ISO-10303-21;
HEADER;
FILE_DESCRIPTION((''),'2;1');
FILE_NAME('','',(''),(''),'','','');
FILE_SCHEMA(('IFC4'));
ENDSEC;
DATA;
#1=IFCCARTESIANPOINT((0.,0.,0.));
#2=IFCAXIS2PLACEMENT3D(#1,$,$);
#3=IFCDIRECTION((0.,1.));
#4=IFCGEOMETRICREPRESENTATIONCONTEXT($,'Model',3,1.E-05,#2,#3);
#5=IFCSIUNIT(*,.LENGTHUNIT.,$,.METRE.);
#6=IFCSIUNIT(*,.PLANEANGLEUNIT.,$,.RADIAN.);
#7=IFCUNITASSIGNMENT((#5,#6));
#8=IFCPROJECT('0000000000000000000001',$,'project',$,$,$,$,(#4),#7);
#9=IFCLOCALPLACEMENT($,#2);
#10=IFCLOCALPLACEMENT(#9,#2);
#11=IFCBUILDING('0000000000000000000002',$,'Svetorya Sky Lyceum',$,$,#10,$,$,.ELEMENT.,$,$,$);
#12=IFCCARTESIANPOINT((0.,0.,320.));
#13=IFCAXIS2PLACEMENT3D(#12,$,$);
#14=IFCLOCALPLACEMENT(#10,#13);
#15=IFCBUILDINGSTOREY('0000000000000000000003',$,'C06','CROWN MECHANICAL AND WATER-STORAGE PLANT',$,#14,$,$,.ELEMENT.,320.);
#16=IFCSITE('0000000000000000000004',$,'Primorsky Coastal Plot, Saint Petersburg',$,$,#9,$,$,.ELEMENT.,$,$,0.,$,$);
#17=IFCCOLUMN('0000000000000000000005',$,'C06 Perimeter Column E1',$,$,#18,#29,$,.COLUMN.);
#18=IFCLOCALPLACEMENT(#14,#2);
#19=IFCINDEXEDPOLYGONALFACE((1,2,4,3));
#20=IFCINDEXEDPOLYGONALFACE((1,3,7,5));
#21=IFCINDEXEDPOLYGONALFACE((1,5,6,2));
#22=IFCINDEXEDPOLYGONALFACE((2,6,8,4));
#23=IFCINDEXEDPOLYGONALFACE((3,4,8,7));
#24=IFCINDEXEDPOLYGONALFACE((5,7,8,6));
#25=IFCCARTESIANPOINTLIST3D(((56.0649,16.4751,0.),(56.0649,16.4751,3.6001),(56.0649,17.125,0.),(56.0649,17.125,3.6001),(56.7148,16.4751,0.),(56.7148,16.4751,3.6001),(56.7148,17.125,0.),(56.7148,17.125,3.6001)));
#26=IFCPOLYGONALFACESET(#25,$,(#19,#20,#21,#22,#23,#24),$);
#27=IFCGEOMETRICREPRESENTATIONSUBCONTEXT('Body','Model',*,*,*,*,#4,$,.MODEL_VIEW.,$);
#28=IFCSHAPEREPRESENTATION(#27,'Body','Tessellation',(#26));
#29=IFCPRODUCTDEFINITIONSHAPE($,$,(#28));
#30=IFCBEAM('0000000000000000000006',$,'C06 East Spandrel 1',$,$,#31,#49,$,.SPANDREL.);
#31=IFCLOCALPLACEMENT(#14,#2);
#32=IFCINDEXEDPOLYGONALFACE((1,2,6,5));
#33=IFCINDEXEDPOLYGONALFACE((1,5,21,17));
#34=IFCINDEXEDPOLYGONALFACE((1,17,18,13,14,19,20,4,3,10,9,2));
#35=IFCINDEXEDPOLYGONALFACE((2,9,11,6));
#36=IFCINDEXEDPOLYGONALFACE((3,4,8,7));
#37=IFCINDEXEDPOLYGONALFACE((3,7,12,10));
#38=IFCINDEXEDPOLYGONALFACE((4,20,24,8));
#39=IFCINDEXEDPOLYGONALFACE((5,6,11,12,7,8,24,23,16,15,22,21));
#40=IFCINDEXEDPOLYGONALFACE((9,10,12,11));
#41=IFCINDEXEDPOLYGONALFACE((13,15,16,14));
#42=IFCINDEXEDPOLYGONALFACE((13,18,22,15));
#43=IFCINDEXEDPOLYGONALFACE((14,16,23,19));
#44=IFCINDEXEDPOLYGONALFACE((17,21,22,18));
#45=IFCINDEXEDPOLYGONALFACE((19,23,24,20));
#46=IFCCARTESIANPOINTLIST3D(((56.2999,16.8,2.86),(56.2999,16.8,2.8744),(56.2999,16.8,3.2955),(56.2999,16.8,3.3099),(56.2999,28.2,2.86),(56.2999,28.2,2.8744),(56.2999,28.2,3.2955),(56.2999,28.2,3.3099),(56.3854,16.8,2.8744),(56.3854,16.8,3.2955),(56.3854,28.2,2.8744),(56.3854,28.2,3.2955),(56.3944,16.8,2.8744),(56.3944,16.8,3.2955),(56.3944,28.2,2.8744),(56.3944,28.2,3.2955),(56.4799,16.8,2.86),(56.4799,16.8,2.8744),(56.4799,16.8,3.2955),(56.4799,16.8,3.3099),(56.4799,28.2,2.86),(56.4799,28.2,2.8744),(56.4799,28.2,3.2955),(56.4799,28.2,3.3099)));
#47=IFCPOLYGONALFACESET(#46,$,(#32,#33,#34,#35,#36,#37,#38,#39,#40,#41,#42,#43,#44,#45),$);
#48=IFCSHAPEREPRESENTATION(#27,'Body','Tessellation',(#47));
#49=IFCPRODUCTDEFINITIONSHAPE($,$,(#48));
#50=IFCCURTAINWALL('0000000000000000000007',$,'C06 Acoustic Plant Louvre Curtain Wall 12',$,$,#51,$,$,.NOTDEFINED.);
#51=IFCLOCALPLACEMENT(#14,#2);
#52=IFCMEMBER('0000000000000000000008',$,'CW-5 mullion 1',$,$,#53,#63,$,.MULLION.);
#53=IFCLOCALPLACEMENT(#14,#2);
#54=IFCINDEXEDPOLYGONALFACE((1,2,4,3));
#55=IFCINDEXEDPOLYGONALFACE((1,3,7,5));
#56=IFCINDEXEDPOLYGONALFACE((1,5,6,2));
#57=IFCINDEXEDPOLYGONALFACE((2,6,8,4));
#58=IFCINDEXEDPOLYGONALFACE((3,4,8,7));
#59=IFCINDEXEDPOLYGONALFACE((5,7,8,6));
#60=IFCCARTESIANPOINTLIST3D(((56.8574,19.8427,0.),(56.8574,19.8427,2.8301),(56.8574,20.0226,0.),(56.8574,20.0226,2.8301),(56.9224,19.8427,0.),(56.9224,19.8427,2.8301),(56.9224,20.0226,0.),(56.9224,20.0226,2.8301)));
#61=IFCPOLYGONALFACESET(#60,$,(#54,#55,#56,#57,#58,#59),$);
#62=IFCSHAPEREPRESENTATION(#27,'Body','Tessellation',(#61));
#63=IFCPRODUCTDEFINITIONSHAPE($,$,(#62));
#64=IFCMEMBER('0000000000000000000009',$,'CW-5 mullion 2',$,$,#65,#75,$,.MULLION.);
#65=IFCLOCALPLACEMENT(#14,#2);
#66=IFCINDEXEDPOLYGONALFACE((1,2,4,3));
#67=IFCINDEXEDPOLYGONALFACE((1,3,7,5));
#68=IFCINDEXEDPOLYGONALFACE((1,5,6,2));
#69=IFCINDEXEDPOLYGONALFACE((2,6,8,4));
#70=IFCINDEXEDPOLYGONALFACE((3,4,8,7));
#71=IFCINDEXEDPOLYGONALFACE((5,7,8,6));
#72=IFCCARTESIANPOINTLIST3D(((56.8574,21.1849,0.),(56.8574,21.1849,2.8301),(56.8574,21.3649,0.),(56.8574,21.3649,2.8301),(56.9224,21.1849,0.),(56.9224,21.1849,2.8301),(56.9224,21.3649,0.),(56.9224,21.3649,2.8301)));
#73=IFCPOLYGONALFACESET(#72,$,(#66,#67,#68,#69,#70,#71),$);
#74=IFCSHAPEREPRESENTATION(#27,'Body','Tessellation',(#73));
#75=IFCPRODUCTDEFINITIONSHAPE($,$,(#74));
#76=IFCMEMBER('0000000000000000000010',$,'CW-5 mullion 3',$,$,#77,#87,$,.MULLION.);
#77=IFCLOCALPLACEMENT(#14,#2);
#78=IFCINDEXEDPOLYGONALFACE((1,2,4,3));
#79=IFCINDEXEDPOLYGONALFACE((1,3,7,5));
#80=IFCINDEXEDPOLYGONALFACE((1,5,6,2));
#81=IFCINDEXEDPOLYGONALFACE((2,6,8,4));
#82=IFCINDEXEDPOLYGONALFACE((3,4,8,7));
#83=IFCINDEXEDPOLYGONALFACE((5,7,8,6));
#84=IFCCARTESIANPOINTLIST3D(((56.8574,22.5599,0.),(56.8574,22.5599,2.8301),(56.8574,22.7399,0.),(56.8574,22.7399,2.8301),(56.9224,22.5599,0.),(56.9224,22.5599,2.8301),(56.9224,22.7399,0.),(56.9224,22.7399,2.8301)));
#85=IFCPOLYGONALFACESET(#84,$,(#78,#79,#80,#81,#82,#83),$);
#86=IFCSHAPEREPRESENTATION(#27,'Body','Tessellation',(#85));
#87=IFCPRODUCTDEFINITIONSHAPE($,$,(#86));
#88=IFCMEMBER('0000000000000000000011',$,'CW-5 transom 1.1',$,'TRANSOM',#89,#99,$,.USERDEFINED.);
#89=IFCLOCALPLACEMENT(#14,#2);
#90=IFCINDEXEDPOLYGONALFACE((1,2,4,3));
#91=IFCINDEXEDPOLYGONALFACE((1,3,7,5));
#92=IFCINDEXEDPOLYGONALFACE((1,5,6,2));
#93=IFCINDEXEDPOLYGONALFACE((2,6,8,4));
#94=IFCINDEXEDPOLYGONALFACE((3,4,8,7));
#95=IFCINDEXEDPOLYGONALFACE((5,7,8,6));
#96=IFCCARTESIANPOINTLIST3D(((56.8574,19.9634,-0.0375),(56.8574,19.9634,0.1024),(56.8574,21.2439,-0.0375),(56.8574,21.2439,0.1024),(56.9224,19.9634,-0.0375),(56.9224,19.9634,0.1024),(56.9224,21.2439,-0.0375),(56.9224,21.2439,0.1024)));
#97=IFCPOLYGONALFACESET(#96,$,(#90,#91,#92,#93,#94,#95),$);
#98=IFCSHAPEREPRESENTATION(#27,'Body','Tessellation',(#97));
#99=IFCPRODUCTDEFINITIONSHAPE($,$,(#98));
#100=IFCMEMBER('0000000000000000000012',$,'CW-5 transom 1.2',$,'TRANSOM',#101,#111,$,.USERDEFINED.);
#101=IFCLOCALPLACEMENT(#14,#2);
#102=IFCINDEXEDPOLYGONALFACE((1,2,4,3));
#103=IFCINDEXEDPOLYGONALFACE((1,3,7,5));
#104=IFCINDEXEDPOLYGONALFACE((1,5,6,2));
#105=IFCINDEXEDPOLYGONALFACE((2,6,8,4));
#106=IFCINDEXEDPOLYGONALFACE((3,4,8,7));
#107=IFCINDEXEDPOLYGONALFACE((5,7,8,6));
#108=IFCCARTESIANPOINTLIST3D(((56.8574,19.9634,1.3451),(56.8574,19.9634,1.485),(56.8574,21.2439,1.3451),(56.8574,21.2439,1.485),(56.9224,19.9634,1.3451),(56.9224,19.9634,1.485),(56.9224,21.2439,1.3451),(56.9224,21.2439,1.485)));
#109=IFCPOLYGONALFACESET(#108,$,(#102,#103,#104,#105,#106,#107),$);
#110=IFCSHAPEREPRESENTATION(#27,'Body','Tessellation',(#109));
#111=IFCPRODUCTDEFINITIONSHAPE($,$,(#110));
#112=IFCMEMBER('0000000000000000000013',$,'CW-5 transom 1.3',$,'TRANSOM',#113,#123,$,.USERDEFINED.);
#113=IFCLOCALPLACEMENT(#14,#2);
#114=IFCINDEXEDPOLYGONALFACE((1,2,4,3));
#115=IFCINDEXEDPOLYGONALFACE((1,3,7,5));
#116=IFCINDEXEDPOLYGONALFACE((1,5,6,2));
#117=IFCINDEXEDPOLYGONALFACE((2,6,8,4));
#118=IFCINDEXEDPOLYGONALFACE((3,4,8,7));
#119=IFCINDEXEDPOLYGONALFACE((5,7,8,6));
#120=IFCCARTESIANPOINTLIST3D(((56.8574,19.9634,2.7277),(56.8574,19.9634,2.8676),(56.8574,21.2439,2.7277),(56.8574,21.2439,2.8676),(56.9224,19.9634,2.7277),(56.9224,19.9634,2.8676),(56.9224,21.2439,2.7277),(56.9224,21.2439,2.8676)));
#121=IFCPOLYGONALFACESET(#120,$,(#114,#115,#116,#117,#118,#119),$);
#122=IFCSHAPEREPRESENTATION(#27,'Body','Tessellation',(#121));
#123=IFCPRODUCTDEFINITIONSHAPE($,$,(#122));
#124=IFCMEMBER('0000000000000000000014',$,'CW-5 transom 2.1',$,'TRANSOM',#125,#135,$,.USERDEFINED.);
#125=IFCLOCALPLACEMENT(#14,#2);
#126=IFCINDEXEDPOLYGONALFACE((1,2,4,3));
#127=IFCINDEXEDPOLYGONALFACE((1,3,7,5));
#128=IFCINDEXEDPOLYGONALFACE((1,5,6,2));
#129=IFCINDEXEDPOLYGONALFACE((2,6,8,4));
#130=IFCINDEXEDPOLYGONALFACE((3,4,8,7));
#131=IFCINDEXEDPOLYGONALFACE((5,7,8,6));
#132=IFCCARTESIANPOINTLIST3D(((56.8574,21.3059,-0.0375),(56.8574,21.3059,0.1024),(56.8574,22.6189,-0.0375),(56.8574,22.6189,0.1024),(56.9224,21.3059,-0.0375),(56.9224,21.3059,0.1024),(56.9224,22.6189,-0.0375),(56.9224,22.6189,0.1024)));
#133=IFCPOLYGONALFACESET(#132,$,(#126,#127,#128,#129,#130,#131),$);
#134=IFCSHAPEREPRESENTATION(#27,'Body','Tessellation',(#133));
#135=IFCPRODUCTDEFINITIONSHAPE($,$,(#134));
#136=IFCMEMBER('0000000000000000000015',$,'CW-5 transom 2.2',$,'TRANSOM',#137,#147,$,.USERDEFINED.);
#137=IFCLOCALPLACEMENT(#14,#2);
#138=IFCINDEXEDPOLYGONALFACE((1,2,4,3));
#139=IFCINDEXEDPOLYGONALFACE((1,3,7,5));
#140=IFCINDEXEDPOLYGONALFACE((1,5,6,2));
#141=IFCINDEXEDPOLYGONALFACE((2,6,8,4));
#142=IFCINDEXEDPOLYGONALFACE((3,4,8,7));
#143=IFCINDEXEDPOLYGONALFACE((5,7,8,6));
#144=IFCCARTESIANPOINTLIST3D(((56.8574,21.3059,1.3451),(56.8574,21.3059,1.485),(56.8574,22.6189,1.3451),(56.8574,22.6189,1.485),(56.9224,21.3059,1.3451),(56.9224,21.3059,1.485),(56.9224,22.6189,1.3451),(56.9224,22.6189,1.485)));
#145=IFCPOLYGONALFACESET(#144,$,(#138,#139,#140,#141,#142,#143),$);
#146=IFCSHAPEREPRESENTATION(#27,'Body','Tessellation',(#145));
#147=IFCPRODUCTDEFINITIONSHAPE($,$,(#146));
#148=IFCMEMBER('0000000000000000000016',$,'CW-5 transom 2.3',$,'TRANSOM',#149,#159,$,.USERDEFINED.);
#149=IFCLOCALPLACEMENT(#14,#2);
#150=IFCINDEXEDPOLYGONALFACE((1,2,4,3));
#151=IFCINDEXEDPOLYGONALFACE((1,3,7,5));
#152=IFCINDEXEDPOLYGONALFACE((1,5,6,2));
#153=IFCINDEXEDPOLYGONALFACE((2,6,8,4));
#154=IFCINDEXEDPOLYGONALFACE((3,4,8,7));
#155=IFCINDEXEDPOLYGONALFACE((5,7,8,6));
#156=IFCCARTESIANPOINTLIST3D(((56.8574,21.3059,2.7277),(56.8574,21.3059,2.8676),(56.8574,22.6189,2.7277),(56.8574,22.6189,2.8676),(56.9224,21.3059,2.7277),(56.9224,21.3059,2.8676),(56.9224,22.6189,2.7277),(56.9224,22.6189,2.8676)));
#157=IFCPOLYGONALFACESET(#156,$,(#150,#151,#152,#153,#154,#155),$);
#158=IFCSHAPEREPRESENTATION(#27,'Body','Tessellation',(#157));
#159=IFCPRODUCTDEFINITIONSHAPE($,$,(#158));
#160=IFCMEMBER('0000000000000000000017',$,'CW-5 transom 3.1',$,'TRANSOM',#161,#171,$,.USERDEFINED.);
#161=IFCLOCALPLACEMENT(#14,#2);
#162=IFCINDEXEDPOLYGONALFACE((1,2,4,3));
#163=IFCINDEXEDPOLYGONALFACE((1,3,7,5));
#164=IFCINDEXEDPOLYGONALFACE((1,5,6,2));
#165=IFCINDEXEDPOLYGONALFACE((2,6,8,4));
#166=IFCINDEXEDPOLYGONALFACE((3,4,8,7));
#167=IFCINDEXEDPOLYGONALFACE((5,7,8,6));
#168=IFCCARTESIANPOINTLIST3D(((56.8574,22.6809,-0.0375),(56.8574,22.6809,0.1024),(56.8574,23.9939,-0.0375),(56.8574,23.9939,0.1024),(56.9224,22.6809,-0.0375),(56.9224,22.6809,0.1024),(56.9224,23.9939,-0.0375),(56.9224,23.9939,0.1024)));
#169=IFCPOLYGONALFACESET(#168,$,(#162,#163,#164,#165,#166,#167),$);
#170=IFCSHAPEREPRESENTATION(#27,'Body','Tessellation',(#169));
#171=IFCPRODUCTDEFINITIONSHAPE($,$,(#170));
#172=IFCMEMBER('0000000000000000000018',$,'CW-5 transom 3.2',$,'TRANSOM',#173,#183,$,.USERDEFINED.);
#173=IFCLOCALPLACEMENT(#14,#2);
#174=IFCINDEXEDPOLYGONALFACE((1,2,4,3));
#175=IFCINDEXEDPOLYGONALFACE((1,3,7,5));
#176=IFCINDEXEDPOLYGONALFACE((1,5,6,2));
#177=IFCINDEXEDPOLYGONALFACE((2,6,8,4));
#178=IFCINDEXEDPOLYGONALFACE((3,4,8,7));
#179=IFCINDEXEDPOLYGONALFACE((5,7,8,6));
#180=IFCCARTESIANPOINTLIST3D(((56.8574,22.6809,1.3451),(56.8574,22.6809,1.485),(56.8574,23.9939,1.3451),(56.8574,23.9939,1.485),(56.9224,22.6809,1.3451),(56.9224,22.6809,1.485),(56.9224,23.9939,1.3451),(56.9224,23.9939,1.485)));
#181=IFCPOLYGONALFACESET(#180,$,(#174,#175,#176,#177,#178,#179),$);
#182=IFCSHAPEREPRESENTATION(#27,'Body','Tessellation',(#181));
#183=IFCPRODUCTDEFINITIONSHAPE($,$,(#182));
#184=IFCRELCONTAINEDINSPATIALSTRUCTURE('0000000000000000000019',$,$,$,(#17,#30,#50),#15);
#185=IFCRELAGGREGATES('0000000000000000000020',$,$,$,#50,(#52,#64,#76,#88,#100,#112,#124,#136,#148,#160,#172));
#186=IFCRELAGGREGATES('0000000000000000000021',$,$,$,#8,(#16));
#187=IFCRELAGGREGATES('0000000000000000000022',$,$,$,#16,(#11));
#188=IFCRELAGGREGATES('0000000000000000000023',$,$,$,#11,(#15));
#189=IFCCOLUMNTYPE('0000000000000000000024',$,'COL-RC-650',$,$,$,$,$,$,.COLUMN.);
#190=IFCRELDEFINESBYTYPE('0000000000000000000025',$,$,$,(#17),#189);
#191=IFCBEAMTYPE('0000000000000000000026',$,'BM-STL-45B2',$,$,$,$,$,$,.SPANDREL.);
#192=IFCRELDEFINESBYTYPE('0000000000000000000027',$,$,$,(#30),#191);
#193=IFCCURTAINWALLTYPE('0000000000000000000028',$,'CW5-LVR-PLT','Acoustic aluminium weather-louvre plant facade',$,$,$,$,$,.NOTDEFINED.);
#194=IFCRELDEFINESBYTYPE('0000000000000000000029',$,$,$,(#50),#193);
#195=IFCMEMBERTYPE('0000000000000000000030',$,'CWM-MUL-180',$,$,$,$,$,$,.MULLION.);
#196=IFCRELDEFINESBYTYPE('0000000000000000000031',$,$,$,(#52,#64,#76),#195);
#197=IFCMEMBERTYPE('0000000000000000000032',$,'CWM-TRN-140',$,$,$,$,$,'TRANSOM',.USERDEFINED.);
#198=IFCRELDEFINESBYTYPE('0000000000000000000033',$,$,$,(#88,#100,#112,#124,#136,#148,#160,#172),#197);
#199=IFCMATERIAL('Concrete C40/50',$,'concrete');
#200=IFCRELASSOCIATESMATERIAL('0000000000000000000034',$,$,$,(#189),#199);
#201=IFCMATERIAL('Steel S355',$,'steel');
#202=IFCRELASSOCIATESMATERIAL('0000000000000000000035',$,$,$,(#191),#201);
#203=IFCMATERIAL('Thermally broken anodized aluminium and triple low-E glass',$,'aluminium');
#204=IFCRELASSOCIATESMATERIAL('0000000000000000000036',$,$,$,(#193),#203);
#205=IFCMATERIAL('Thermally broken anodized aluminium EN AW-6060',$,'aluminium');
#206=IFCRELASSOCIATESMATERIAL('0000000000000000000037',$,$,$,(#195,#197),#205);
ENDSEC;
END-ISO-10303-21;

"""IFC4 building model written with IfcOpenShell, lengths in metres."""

from ifc_helpers import new_model, si_unit, direction, frame, origin, origin_2d, place, context, subcontext, project, spatial, rectangle, i_section, extrude, material, material_profile, profile_set, type_object, element, aggregate, save


model = new_model("IFC4")

# Units and contexts
model_context = context("Model", 3, precision=1e-05, world=origin(), true_north=direction((0.0, 1.0)))
body_context = subcontext(model_context, "Body", "Model", "MODEL_VIEW")
ifc_project = project(units=[si_unit("LENGTHUNIT", "METRE"), si_unit("PLANEANGLEUNIT", "RADIAN")], contexts=[model_context])

# Site, building, storey
site_placement = place(None, origin())
site = spatial("IfcSite", under=ifc_project, at=site_placement, Name="Primorsky Coastal Plot, Saint Petersburg", CompositionType="ELEMENT", RefElevation=0.0)
building_placement = place(site_placement, origin())
building = spatial("IfcBuilding", under=site, at=building_placement, Name="Svetorya Sky Lyceum", CompositionType="ELEMENT")
storey_placement = place(building_placement, frame((0.0, 0.0, 320.0)))
storey = spatial("IfcBuildingStorey", under=building, at=storey_placement, Name="C06", Description="CROWN MECHANICAL AND WATER-STORAGE PLANT", CompositionType="ELEMENT", Elevation=320.0)

# Column
ifc_material_1 = material(Name="Concrete C40/50", Category="concrete")
ifc_material_profile_1 = material_profile(ifc_material_1, rectangle(XDim=0.6499, YDim=0.6499, at=origin_2d()), Name="RC COL 650x650")
ifc_profile_set_1 = profile_set([ifc_material_profile_1], Name="Concrete C40/50")
column_type = type_object("IfcColumnType", Name="COL-RC-650", PredefinedType="COLUMN", material=ifc_profile_set_1)
column_placement = place(storey_placement, frame((56.3899, 16.8, 0.0), z_axis=(0.0, 0.0, 1.0), x_axis=(1.0, 0.0, 0.0)))
element("IfcColumn", 1, at=column_placement, inside=storey, type_object=column_type, Name="C06 Perimeter Column E1", PredefinedType="COLUMN", context=body_context, shape_type="SweptSolid", body=[
    extrude(rectangle(XDim=0.6499, YDim=0.6499, at=origin_2d()), origin(), (0.0, 0.0, 1.0), 3.6001),
])

# Beam
ifc_material_2 = material(Name="Steel S355", Category="steel")
ifc_material_profile_2 = material_profile(ifc_material_2, i_section(OverallWidth=0.1799, OverallDepth=0.45, WebThickness=0.009, FlangeThickness=0.0144, at=origin_2d()), Name="GOST 45B2")
ifc_profile_set_2 = profile_set([ifc_material_profile_2], Name="Steel S355")
beam_type = type_object("IfcBeamType", Name="BM-STL-45B2", PredefinedType="SPANDREL", material=ifc_profile_set_2)
beam_placement = place(storey_placement, frame((56.3899, 16.8, 3.085), z_axis=(0.0, 1.0, 0.0), x_axis=(-1.0, 0.0, 0.0)))
element("IfcBeam", 2, at=beam_placement, inside=storey, type_object=beam_type, Name="C06 East Spandrel 1", PredefinedType="SPANDREL", context=body_context, shape_type="SweptSolid", body=[
    extrude(i_section(OverallWidth=0.1799, OverallDepth=0.45, WebThickness=0.009, FlangeThickness=0.0144, at=origin_2d()), origin(), (0.0, 0.0, 1.0), 11.3999),
])

# Curtain wall, members
ifc_material_3 = material(Name="Thermally broken anodized aluminium and triple low-E glass", Category="aluminium")
curtain_wall_type = type_object("IfcCurtainWallType", Name="CW5-LVR-PLT", Description="Acoustic aluminium weather-louvre plant facade", PredefinedType="NOTDEFINED", material=ifc_material_3)
curtain_wall_placement = place(storey_placement, origin())
curtain_wall = element("IfcCurtainWall", 3, at=curtain_wall_placement, inside=storey, type_object=curtain_wall_type, Name="C06 Acoustic Plant Louvre Curtain Wall 12", PredefinedType="NOTDEFINED")
ifc_material_4 = material(Name="Thermally broken anodized aluminium EN AW-6060", Category="aluminium")
ifc_material_profile_3 = material_profile(ifc_material_4, rectangle(XDim=0.0649, YDim=0.1799, at=origin_2d()), Name="ALU MULLION 65x180")
ifc_profile_set_3 = profile_set([ifc_material_profile_3], Name="Thermally broken anodized aluminium EN AW-6060")
member_type_1 = type_object("IfcMemberType", Name="CWM-MUL-180", PredefinedType="MULLION", material=ifc_profile_set_3)
member_1_placement = place(storey_placement, frame((56.8899, 19.9326, 0.0), z_axis=(0.0, 0.0, 1.0), x_axis=(-1.0, 0.0, 0.0)))
member_1 = element("IfcMember", 4, at=member_1_placement, type_object=member_type_1, Name="CW-5 mullion 1", PredefinedType="MULLION", context=body_context, shape_type="SweptSolid", body=[
    extrude(rectangle(XDim=0.0649, YDim=0.1799, at=origin_2d()), origin(), (0.0, 0.0, 1.0), 2.8301),
])
member_2_placement = place(storey_placement, frame((56.8899, 21.2749, 0.0), z_axis=(0.0, 0.0, 1.0), x_axis=(-1.0, 0.0, 0.0)))
member_2 = element("IfcMember", 5, at=member_2_placement, type_object=member_type_1, Name="CW-5 mullion 2", PredefinedType="MULLION", context=body_context, shape_type="SweptSolid", body=[
    extrude(rectangle(XDim=0.0649, YDim=0.1799, at=origin_2d()), origin(), (0.0, 0.0, 1.0), 2.8301),
])
member_3_placement = place(storey_placement, frame((56.8899, 22.6499, 0.0), z_axis=(0.0, 0.0, 1.0), x_axis=(-1.0, 0.0, 0.0)))
member_3 = element("IfcMember", 6, at=member_3_placement, type_object=member_type_1, Name="CW-5 mullion 3", PredefinedType="MULLION", context=body_context, shape_type="SweptSolid", body=[
    extrude(rectangle(XDim=0.0649, YDim=0.1799, at=origin_2d()), origin(), (0.0, 0.0, 1.0), 2.8301),
])
ifc_material_profile_4 = material_profile(ifc_material_4, rectangle(XDim=0.0649, YDim=0.1399, at=origin_2d()), Name="ALU TRANSOM 65x140")
ifc_profile_set_4 = profile_set([ifc_material_profile_4], Name="Thermally broken anodized aluminium EN AW-6060")
member_type_2 = type_object("IfcMemberType", Name="CWM-TRN-140", ElementType="TRANSOM", PredefinedType="USERDEFINED", material=ifc_profile_set_4)
member_4_placement = place(storey_placement, frame((56.8899, 19.9634, 0.0325), z_axis=(0.0, 1.0, 0.0), x_axis=(-1.0, 0.0, 0.0)))
member_4 = element("IfcMember", 7, at=member_4_placement, type_object=member_type_2, Name="CW-5 transom 1.1", ObjectType="TRANSOM", PredefinedType="USERDEFINED", context=body_context, shape_type="SweptSolid", body=[
    extrude(rectangle(XDim=0.0649, YDim=0.1399, at=origin_2d()), origin(), (0.0, 0.0, 1.0), 1.2805),
])
member_5_placement = place(storey_placement, frame((56.8899, 19.9634, 1.415), z_axis=(0.0, 1.0, 0.0), x_axis=(-1.0, 0.0, 0.0)))
member_5 = element("IfcMember", 8, at=member_5_placement, type_object=member_type_2, Name="CW-5 transom 1.2", ObjectType="TRANSOM", PredefinedType="USERDEFINED", context=body_context, shape_type="SweptSolid", body=[
    extrude(rectangle(XDim=0.0649, YDim=0.1399, at=origin_2d()), origin(), (0.0, 0.0, 1.0), 1.2805),
])
member_6_placement = place(storey_placement, frame((56.8899, 19.9634, 2.7976), z_axis=(0.0, 1.0, 0.0), x_axis=(-1.0, 0.0, 0.0)))
member_6 = element("IfcMember", 9, at=member_6_placement, type_object=member_type_2, Name="CW-5 transom 1.3", ObjectType="TRANSOM", PredefinedType="USERDEFINED", context=body_context, shape_type="SweptSolid", body=[
    extrude(rectangle(XDim=0.0649, YDim=0.1399, at=origin_2d()), origin(), (0.0, 0.0, 1.0), 1.2805),
])
member_7_placement = place(storey_placement, frame((56.8899, 21.3059, 0.0325), z_axis=(0.0, 1.0, 0.0), x_axis=(-1.0, 0.0, 0.0)))
member_7 = element("IfcMember", 10, at=member_7_placement, type_object=member_type_2, Name="CW-5 transom 2.1", ObjectType="TRANSOM", PredefinedType="USERDEFINED", context=body_context, shape_type="SweptSolid", body=[
    extrude(rectangle(XDim=0.0649, YDim=0.1399, at=origin_2d()), origin(), (0.0, 0.0, 1.0), 1.313),
])
member_8_placement = place(storey_placement, frame((56.8899, 21.3059, 1.415), z_axis=(0.0, 1.0, 0.0), x_axis=(-1.0, 0.0, 0.0)))
member_8 = element("IfcMember", 11, at=member_8_placement, type_object=member_type_2, Name="CW-5 transom 2.2", ObjectType="TRANSOM", PredefinedType="USERDEFINED", context=body_context, shape_type="SweptSolid", body=[
    extrude(rectangle(XDim=0.0649, YDim=0.1399, at=origin_2d()), origin(), (0.0, 0.0, 1.0), 1.313),
])
member_9_placement = place(storey_placement, frame((56.8899, 21.3059, 2.7976), z_axis=(0.0, 1.0, 0.0), x_axis=(-1.0, 0.0, 0.0)))
member_9 = element("IfcMember", 12, at=member_9_placement, type_object=member_type_2, Name="CW-5 transom 2.3", ObjectType="TRANSOM", PredefinedType="USERDEFINED", context=body_context, shape_type="SweptSolid", body=[
    extrude(rectangle(XDim=0.0649, YDim=0.1399, at=origin_2d()), origin(), (0.0, 0.0, 1.0), 1.313),
])
member_10_placement = place(storey_placement, frame((56.8899, 22.6809, 0.0325), z_axis=(0.0, 1.0, 0.0), x_axis=(-1.0, 0.0, 0.0)))
member_10 = element("IfcMember", 13, at=member_10_placement, type_object=member_type_2, Name="CW-5 transom 3.1", ObjectType="TRANSOM", PredefinedType="USERDEFINED", context=body_context, shape_type="SweptSolid", body=[
    extrude(rectangle(XDim=0.0649, YDim=0.1399, at=origin_2d()), origin(), (0.0, 0.0, 1.0), 1.313),
])
member_11_placement = place(storey_placement, frame((56.8899, 22.6809, 1.415), z_axis=(0.0, 1.0, 0.0), x_axis=(-1.0, 0.0, 0.0)))
member_11 = element("IfcMember", 14, at=member_11_placement, type_object=member_type_2, Name="CW-5 transom 3.2", ObjectType="TRANSOM", PredefinedType="USERDEFINED", context=body_context, shape_type="SweptSolid", body=[
    extrude(rectangle(XDim=0.0649, YDim=0.1399, at=origin_2d()), origin(), (0.0, 0.0, 1.0), 1.313),
])

aggregate(curtain_wall, [member_1, member_2, member_3, member_4, member_5, member_6, member_7, member_8, member_9, member_10, member_11])

save(model, "model.ifc")
